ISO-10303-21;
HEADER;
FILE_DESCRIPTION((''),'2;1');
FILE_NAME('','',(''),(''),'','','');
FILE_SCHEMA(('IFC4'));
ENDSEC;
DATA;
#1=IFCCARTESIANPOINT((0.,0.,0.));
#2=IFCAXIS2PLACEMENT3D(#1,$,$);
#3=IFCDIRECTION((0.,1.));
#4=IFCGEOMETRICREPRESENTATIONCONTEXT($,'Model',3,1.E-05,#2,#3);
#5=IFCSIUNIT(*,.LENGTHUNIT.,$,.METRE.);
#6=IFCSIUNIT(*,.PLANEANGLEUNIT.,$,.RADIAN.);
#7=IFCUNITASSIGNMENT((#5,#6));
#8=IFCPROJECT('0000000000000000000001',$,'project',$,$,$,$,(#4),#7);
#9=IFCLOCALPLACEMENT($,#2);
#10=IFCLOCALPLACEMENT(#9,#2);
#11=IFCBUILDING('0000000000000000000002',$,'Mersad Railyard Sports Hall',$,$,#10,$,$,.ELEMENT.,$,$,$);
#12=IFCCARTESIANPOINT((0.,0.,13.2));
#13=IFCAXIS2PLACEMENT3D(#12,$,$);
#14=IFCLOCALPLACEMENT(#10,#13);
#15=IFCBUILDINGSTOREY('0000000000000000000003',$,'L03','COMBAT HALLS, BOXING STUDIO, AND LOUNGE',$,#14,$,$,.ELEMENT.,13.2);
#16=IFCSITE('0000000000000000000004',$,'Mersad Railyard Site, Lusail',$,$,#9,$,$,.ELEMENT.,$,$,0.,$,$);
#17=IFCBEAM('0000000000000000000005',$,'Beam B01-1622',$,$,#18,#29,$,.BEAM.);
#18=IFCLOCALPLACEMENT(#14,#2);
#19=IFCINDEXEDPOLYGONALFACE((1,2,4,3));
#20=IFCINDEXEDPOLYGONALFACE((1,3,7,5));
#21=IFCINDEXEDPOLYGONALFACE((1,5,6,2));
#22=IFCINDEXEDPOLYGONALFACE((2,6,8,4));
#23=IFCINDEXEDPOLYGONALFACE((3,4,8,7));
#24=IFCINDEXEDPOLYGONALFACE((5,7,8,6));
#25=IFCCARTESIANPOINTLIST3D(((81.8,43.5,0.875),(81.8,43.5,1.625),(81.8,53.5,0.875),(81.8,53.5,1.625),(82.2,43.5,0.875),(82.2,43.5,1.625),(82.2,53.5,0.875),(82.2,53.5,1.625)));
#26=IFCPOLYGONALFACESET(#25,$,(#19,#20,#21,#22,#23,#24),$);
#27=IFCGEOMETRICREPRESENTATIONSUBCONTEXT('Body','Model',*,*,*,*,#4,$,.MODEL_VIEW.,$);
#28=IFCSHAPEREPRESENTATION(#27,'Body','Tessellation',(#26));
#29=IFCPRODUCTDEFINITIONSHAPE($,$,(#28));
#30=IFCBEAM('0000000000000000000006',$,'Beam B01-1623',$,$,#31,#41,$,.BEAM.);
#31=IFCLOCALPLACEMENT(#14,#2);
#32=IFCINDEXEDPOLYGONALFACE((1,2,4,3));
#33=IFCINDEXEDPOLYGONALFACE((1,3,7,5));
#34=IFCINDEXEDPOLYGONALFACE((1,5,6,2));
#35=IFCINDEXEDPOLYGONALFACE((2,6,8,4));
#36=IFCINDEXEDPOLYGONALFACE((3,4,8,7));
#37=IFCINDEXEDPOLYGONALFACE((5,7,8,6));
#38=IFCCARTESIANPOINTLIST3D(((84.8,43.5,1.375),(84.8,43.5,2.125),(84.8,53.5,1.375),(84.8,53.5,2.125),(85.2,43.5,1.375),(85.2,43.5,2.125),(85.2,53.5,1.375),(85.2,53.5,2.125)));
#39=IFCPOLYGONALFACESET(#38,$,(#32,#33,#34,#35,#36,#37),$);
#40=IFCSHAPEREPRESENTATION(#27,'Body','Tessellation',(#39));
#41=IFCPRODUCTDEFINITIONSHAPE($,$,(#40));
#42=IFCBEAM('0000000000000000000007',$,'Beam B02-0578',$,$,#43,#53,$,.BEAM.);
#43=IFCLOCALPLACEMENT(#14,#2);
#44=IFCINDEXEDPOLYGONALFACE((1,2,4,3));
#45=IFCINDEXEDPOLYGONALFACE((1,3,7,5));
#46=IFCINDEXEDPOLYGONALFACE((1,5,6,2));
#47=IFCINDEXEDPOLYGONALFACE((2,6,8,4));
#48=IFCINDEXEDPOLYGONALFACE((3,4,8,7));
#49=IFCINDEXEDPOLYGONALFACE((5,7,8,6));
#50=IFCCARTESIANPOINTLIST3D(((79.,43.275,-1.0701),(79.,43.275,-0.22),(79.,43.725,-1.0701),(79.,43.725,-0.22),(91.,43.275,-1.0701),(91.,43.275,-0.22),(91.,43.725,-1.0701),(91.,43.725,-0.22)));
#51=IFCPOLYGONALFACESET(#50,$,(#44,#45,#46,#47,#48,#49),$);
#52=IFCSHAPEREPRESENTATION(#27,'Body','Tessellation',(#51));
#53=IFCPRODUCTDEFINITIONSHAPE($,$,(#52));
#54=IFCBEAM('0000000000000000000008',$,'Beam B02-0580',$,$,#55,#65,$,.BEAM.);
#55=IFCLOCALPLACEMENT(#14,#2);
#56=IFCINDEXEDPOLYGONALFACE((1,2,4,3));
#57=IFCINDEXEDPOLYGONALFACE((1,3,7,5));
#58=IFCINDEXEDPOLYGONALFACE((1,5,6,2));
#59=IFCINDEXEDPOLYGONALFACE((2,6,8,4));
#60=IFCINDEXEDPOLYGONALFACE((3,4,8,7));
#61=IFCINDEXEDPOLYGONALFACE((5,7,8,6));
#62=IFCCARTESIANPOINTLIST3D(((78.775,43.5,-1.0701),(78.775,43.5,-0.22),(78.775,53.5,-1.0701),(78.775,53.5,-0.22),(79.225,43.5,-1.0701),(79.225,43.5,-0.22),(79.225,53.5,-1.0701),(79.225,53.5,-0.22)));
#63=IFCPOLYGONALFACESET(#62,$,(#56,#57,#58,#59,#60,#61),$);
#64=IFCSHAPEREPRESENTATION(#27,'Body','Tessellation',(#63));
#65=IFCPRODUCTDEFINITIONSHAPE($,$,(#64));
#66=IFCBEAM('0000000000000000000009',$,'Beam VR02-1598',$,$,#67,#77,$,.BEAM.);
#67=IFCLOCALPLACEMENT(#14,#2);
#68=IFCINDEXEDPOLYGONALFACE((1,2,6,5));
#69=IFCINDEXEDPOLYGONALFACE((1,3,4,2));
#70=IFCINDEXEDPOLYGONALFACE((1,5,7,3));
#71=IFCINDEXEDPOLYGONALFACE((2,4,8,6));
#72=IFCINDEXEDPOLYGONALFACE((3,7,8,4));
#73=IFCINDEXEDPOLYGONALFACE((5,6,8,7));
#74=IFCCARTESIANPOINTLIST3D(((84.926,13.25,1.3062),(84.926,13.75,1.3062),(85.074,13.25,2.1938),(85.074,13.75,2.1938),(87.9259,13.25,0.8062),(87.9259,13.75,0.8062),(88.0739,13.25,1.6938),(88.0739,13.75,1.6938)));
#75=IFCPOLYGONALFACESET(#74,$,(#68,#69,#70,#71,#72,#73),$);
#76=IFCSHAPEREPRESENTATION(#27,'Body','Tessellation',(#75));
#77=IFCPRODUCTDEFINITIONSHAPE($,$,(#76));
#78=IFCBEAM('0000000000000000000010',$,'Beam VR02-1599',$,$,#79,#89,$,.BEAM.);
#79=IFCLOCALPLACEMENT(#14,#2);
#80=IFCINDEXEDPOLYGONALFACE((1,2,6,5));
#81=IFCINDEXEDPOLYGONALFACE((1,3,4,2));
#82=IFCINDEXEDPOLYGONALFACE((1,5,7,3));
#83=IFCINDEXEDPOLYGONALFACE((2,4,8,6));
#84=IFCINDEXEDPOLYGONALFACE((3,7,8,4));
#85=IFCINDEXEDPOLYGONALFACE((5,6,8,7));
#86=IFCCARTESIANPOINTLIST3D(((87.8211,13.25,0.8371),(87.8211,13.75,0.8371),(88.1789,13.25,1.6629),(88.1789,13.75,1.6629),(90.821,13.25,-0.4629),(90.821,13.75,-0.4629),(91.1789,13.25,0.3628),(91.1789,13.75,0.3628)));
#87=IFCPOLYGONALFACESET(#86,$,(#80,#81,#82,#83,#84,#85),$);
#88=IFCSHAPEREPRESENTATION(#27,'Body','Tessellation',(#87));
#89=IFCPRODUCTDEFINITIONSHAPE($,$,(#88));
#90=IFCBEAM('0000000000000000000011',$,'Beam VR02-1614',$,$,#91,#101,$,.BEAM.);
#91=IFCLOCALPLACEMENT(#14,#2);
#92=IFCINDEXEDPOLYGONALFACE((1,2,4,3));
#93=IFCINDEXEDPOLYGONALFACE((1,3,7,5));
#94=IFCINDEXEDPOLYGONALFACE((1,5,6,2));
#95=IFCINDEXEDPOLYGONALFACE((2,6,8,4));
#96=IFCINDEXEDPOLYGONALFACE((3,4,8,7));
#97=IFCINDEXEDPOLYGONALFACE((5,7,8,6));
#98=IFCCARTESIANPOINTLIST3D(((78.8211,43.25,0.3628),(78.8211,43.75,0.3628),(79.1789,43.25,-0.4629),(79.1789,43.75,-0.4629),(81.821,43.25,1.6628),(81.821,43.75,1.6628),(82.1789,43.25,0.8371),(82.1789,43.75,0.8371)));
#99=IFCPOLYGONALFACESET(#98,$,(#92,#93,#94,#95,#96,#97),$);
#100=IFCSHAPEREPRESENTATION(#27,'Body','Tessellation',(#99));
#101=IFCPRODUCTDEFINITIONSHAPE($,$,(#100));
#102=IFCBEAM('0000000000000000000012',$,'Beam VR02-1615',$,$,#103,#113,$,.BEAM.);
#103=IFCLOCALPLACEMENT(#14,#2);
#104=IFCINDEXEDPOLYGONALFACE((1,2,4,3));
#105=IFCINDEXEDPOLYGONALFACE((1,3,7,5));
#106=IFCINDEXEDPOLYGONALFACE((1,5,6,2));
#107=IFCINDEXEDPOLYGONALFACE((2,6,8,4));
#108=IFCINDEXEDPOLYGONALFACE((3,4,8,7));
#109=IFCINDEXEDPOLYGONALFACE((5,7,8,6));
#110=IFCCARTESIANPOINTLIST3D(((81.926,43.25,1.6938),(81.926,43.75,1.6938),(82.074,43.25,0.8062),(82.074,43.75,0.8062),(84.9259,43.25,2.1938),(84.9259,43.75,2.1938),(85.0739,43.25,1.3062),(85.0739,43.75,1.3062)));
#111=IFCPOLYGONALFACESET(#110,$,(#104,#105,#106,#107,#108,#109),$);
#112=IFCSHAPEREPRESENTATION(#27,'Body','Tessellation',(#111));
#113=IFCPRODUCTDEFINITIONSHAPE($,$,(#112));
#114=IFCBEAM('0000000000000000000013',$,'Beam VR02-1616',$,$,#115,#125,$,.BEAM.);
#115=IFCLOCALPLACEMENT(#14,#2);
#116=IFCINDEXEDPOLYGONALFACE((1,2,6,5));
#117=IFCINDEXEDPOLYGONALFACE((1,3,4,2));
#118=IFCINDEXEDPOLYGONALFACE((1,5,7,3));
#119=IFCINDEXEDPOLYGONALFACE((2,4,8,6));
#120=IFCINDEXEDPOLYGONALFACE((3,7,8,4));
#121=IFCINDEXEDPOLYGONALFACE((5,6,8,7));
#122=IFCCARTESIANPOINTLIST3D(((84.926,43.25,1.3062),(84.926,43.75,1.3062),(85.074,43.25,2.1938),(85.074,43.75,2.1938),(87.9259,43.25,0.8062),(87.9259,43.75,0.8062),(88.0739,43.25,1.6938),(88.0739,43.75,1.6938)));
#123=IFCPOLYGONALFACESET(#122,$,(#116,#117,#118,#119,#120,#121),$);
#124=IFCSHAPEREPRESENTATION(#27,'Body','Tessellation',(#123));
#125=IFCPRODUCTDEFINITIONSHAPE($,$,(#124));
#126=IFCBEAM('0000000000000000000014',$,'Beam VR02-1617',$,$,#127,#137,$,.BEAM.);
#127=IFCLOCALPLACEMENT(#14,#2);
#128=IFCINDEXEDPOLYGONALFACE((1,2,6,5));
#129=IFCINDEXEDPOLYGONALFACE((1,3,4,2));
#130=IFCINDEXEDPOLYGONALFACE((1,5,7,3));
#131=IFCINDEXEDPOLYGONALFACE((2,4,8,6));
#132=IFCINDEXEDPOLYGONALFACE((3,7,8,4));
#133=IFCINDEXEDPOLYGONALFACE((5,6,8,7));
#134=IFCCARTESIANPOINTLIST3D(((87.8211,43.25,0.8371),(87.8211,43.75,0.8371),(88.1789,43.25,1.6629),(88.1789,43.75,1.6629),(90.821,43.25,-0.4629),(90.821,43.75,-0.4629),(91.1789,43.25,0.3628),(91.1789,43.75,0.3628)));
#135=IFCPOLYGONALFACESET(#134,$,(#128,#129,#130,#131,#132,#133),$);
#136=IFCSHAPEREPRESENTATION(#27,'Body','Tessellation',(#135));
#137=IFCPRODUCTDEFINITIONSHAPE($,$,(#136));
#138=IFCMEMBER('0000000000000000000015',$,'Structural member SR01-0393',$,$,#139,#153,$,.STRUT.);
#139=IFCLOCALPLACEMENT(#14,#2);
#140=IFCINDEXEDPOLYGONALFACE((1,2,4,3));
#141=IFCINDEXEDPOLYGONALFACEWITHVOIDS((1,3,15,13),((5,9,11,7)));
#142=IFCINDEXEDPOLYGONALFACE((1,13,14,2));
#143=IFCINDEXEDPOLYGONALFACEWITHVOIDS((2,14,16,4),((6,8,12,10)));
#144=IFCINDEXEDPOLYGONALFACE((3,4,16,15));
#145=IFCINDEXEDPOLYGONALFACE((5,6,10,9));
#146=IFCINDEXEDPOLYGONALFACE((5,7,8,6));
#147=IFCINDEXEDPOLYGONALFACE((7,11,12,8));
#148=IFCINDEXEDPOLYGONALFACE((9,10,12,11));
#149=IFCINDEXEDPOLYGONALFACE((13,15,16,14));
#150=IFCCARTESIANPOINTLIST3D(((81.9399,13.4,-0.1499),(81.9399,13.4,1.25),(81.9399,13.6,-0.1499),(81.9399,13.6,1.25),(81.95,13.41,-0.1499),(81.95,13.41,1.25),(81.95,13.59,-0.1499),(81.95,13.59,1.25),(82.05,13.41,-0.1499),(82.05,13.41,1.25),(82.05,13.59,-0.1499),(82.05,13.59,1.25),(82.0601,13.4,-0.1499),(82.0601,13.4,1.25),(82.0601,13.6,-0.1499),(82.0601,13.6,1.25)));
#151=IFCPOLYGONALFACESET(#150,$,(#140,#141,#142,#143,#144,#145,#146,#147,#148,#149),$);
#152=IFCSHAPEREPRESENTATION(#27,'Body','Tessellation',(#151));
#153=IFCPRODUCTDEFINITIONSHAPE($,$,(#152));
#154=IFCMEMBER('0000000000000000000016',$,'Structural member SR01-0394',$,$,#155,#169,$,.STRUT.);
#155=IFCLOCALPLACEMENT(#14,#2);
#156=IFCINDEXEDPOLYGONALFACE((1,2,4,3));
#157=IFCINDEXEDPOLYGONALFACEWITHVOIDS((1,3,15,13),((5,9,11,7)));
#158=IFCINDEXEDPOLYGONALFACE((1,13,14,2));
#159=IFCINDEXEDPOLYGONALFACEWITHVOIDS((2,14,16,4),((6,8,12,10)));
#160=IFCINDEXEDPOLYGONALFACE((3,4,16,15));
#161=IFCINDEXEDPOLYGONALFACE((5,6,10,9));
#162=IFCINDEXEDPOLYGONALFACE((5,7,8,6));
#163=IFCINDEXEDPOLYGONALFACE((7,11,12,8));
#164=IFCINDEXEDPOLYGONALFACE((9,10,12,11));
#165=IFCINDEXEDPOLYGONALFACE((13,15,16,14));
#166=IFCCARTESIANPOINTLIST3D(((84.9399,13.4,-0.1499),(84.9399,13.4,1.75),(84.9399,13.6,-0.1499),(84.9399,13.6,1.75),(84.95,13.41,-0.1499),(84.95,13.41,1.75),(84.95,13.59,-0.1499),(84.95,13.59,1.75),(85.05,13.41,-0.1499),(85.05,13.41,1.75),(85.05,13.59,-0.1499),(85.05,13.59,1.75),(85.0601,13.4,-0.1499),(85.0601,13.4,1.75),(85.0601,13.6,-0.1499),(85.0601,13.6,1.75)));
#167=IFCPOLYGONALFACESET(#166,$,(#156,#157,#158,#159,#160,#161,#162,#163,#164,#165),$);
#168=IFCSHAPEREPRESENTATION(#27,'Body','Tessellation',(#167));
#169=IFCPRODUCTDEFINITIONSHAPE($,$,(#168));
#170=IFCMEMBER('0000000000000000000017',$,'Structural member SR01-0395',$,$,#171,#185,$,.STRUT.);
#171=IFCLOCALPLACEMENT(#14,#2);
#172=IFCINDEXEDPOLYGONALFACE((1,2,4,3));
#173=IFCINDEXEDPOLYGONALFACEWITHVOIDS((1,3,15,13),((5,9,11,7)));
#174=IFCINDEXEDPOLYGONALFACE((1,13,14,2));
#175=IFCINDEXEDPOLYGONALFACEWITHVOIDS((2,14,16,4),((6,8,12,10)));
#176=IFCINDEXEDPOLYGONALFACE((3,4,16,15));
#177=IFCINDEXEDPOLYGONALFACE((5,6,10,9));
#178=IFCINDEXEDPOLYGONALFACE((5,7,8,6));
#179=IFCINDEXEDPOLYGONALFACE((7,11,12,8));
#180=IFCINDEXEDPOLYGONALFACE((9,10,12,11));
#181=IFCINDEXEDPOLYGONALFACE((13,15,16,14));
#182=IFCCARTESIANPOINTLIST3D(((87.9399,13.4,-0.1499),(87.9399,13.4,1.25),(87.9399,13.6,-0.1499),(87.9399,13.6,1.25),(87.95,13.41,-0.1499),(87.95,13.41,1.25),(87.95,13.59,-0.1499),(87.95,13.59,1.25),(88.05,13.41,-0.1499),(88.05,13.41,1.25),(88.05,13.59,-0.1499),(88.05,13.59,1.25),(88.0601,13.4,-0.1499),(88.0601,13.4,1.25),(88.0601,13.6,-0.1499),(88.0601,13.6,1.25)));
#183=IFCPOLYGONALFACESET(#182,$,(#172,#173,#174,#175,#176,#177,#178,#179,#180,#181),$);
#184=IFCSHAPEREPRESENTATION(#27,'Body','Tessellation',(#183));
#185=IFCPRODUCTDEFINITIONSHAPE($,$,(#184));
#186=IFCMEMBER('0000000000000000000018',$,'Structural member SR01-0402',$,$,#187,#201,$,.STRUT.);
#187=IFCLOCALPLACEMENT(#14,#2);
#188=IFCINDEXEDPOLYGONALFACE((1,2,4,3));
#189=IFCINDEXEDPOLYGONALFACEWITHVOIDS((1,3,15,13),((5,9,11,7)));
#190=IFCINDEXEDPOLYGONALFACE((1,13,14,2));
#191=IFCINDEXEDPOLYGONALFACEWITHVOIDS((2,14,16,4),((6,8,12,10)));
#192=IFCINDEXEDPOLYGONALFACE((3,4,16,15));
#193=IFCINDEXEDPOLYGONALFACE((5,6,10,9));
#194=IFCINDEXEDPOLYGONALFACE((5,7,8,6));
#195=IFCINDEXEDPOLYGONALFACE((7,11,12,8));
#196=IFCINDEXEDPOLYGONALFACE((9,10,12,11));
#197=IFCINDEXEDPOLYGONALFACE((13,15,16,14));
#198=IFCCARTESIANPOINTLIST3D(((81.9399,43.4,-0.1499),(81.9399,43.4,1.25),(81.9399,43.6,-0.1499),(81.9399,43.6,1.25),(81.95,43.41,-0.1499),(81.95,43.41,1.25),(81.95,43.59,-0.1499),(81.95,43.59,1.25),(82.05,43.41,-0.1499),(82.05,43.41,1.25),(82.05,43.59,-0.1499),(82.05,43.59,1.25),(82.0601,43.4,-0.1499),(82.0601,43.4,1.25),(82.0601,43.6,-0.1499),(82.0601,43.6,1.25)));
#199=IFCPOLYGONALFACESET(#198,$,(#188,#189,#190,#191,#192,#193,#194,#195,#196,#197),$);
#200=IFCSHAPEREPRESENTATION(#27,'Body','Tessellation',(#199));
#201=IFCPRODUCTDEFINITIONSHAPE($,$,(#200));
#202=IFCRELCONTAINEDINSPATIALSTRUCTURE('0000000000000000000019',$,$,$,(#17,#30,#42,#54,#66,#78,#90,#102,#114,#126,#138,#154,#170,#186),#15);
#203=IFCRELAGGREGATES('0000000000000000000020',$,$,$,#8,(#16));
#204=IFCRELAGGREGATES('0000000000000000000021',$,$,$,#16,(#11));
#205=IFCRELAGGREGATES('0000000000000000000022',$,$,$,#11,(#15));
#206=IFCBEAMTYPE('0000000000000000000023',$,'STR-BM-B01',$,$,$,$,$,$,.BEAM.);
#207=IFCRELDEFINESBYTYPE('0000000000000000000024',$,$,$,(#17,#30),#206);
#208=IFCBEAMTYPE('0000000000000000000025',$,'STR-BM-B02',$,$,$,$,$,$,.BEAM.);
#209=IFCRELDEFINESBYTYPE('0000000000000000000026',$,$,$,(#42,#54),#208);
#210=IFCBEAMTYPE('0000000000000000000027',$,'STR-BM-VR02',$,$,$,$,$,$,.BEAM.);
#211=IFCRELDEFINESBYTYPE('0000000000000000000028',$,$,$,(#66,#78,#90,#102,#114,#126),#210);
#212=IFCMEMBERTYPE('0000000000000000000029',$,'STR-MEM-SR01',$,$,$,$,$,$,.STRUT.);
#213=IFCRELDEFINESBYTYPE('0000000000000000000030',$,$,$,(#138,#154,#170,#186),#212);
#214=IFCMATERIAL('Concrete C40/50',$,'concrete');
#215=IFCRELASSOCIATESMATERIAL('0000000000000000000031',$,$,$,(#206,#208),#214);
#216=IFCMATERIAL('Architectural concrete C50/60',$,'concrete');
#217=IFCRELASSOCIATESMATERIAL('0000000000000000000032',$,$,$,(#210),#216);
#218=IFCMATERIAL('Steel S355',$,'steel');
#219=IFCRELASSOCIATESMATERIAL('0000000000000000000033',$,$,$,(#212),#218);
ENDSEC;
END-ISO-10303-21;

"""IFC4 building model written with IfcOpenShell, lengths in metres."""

from ifc_helpers import new_model, si_unit, direction, frame, origin, origin_2d, place, context, subcontext, project, spatial, rectangle, hollow_rectangle, extrude, material, material_profile, profile_set, type_object, element, save


model = new_model("IFC4")

# Units and contexts
model_context = context("Model", 3, precision=1e-05, world=origin(), true_north=direction((0.0, 1.0)))
body_context = subcontext(model_context, "Body", "Model", "MODEL_VIEW")
ifc_project = project(units=[si_unit("LENGTHUNIT", "METRE"), si_unit("PLANEANGLEUNIT", "RADIAN")], contexts=[model_context])

# Site, building, storey
site_placement = place(None, origin())
site = spatial("IfcSite", under=ifc_project, at=site_placement, Name="Mersad Railyard Site, Lusail", CompositionType="ELEMENT", RefElevation=0.0)
building_placement = place(site_placement, origin())
building = spatial("IfcBuilding", under=site, at=building_placement, Name="Mersad Railyard Sports Hall", CompositionType="ELEMENT")
storey_placement = place(building_placement, frame((0.0, 0.0, 13.2)))
storey = spatial("IfcBuildingStorey", under=building, at=storey_placement, Name="L03", Description="COMBAT HALLS, BOXING STUDIO, AND LOUNGE", CompositionType="ELEMENT", Elevation=13.2)

# Beams
ifc_material_1 = material(Name="Concrete C40/50", Category="concrete")
ifc_material_profile_1 = material_profile(ifc_material_1, rectangle(XDim=0.3999, YDim=0.75, at=origin_2d()), Name="RC 400x750")
ifc_profile_set_1 = profile_set([ifc_material_profile_1], Name="Concrete C40/50")
beam_type_1 = type_object("IfcBeamType", Name="STR-BM-B01", PredefinedType="BEAM", material=ifc_profile_set_1)
for number, where, z_axis, x_axis, name in (
    (1, (82.0, 43.5, 1.25), (0.0, 1.0, 0.0), (-1.0, 0.0, 0.0), "Beam B01-1622"),
    (2, (85.0, 43.5, 1.75), (0.0, 1.0, 0.0), (-1.0, 0.0, 0.0), "Beam B01-1623"),
):
    element("IfcBeam", number, at=place(storey_placement, frame(where, z_axis=z_axis, x_axis=x_axis)), inside=storey, type_object=beam_type_1, Name=name, PredefinedType="BEAM", context=body_context, shape_type="SweptSolid", body=[
        extrude(rectangle(XDim=0.3999, YDim=0.75, at=origin_2d()), origin(), (0.0, 0.0, 1.0), 10.0),
    ])
ifc_material_profile_2 = material_profile(ifc_material_1, rectangle(XDim=0.45, YDim=0.8501, at=origin_2d()), Name="RC 450x850")
ifc_profile_set_2 = profile_set([ifc_material_profile_2], Name="Concrete C40/50")
beam_type_2 = type_object("IfcBeamType", Name="STR-BM-B02", PredefinedType="BEAM", material=ifc_profile_set_2)
beam_1_placement = place(storey_placement, frame((79.0, 43.5, -0.645), z_axis=(1.0, 0.0, 0.0), x_axis=(0.0, 1.0, 0.0)))
element("IfcBeam", 3, at=beam_1_placement, inside=storey, type_object=beam_type_2, Name="Beam B02-0578", PredefinedType="BEAM", context=body_context, shape_type="SweptSolid", body=[
    extrude(rectangle(XDim=0.45, YDim=0.8501, at=origin_2d()), origin(), (0.0, 0.0, 1.0), 12.0),
])
beam_2_placement = place(storey_placement, frame((79.0, 43.5, -0.645), z_axis=(0.0, 1.0, 0.0), x_axis=(-1.0, 0.0, 0.0)))
element("IfcBeam", 4, at=beam_2_placement, inside=storey, type_object=beam_type_2, Name="Beam B02-0580", PredefinedType="BEAM", context=body_context, shape_type="SweptSolid", body=[
    extrude(rectangle(XDim=0.45, YDim=0.8501, at=origin_2d()), origin(), (0.0, 0.0, 1.0), 10.0),
])
ifc_material_2 = material(Name="Architectural concrete C50/60", Category="concrete")
ifc_material_profile_3 = material_profile(ifc_material_2, rectangle(XDim=0.5, YDim=0.8999, at=origin_2d()), Name="VR 500x900")
ifc_profile_set_3 = profile_set([ifc_material_profile_3], Name="Architectural concrete C50/60")
beam_type_3 = type_object("IfcBeamType", Name="STR-BM-VR02", PredefinedType="BEAM", material=ifc_profile_set_3)
beam_3_placement = place(storey_placement, frame((85.0, 13.5, 1.75), z_axis=(0.986394, 0.0, -0.164399), x_axis=(0.0, 1.0, 0.0)))
element("IfcBeam", 5, at=beam_3_placement, inside=storey, type_object=beam_type_3, Name="Beam VR02-1598", PredefinedType="BEAM", context=body_context, shape_type="SweptSolid", body=[
    extrude(rectangle(XDim=0.5, YDim=0.8999, at=origin_2d()), origin(), (0.0, 0.0, 1.0), 3.0413),
])
for number, where, z_axis, x_axis, name in (
    (6, (88.0, 13.5, 1.25), (0.91755, 0.0, -0.39762), (0.0, 1.0, 0.0), "Beam VR02-1599"),
    (7, (79.0, 43.5, -0.05), (0.91755, 0.0, 0.39762), (0.0, 1.0, 0.0), "Beam VR02-1614"),
):
    element("IfcBeam", number, at=place(storey_placement, frame(where, z_axis=z_axis, x_axis=x_axis)), inside=storey, type_object=beam_type_3, Name=name, PredefinedType="BEAM", context=body_context, shape_type="SweptSolid", body=[
        extrude(rectangle(XDim=0.5, YDim=0.8999, at=origin_2d()), origin(), (0.0, 0.0, 1.0), 3.2695),
    ])
for number, where, z_axis, x_axis, name in (
    (8, (82.0, 43.5, 1.25), (0.986394, 0.0, 0.164399), (0.0, 1.0, 0.0), "Beam VR02-1615"),
    (9, (85.0, 43.5, 1.75), (0.986394, 0.0, -0.164399), (0.0, 1.0, 0.0), "Beam VR02-1616"),
):
    element("IfcBeam", number, at=place(storey_placement, frame(where, z_axis=z_axis, x_axis=x_axis)), inside=storey, type_object=beam_type_3, Name=name, PredefinedType="BEAM", context=body_context, shape_type="SweptSolid", body=[
        extrude(rectangle(XDim=0.5, YDim=0.8999, at=origin_2d()), origin(), (0.0, 0.0, 1.0), 3.0413),
    ])
beam_4_placement = place(storey_placement, frame((88.0, 43.5, 1.25), z_axis=(0.91755, 0.0, -0.39762), x_axis=(0.0, 1.0, 0.0)))
element("IfcBeam", 10, at=beam_4_placement, inside=storey, type_object=beam_type_3, Name="Beam VR02-1617", PredefinedType="BEAM", context=body_context, shape_type="SweptSolid", body=[
    extrude(rectangle(XDim=0.5, YDim=0.8999, at=origin_2d()), origin(), (0.0, 0.0, 1.0), 3.2695),
])

# Members
ifc_material_3 = material(Name="Steel S355", Category="steel")
ifc_material_profile_4 = material_profile(ifc_material_3, hollow_rectangle(XDim=0.1201, YDim=0.2, WallThickness=0.01, at=origin_2d()), Name="RHS 200x120x10")
ifc_profile_set_4 = profile_set([ifc_material_profile_4], Name="Steel S355")
member_type = type_object("IfcMemberType", Name="STR-MEM-SR01", PredefinedType="STRUT", material=ifc_profile_set_4)
member_1_placement = place(storey_placement, frame((82.0, 13.5, -0.1499), z_axis=(0.0, 0.0, 1.0), x_axis=(1.0, 0.0, 0.0)))
element("IfcMember", 11, at=member_1_placement, inside=storey, type_object=member_type, Name="Structural member SR01-0393", PredefinedType="STRUT", context=body_context, shape_type="SweptSolid", body=[
    extrude(hollow_rectangle(XDim=0.1201, YDim=0.2, WallThickness=0.01, at=origin_2d()), origin(), (0.0, 0.0, 1.0), 1.3999),
])
member_2_placement = place(storey_placement, frame((85.0, 13.5, -0.1499), z_axis=(0.0, 0.0, 1.0), x_axis=(1.0, 0.0, 0.0)))
element("IfcMember", 12, at=member_2_placement, inside=storey, type_object=member_type, Name="Structural member SR01-0394", PredefinedType="STRUT", context=body_context, shape_type="SweptSolid", body=[
    extrude(hollow_rectangle(XDim=0.1201, YDim=0.2, WallThickness=0.01, at=origin_2d()), origin(), (0.0, 0.0, 1.0), 1.8999),
])
for number, where, z_axis, x_axis, name in (
    (13, (88.0, 13.5, -0.1499), (0.0, 0.0, 1.0), (1.0, 0.0, 0.0), "Structural member SR01-0395"),
    (14, (82.0, 43.5, -0.1499), (0.0, 0.0, 1.0), (1.0, 0.0, 0.0), "Structural member SR01-0402"),
):
    element("IfcMember", number, at=place(storey_placement, frame(where, z_axis=z_axis, x_axis=x_axis)), inside=storey, type_object=member_type, Name=name, PredefinedType="STRUT", context=body_context, shape_type="SweptSolid", body=[
        extrude(hollow_rectangle(XDim=0.1201, YDim=0.2, WallThickness=0.01, at=origin_2d()), origin(), (0.0, 0.0, 1.0), 1.3999),
    ])

save(model, "model.ifc")
